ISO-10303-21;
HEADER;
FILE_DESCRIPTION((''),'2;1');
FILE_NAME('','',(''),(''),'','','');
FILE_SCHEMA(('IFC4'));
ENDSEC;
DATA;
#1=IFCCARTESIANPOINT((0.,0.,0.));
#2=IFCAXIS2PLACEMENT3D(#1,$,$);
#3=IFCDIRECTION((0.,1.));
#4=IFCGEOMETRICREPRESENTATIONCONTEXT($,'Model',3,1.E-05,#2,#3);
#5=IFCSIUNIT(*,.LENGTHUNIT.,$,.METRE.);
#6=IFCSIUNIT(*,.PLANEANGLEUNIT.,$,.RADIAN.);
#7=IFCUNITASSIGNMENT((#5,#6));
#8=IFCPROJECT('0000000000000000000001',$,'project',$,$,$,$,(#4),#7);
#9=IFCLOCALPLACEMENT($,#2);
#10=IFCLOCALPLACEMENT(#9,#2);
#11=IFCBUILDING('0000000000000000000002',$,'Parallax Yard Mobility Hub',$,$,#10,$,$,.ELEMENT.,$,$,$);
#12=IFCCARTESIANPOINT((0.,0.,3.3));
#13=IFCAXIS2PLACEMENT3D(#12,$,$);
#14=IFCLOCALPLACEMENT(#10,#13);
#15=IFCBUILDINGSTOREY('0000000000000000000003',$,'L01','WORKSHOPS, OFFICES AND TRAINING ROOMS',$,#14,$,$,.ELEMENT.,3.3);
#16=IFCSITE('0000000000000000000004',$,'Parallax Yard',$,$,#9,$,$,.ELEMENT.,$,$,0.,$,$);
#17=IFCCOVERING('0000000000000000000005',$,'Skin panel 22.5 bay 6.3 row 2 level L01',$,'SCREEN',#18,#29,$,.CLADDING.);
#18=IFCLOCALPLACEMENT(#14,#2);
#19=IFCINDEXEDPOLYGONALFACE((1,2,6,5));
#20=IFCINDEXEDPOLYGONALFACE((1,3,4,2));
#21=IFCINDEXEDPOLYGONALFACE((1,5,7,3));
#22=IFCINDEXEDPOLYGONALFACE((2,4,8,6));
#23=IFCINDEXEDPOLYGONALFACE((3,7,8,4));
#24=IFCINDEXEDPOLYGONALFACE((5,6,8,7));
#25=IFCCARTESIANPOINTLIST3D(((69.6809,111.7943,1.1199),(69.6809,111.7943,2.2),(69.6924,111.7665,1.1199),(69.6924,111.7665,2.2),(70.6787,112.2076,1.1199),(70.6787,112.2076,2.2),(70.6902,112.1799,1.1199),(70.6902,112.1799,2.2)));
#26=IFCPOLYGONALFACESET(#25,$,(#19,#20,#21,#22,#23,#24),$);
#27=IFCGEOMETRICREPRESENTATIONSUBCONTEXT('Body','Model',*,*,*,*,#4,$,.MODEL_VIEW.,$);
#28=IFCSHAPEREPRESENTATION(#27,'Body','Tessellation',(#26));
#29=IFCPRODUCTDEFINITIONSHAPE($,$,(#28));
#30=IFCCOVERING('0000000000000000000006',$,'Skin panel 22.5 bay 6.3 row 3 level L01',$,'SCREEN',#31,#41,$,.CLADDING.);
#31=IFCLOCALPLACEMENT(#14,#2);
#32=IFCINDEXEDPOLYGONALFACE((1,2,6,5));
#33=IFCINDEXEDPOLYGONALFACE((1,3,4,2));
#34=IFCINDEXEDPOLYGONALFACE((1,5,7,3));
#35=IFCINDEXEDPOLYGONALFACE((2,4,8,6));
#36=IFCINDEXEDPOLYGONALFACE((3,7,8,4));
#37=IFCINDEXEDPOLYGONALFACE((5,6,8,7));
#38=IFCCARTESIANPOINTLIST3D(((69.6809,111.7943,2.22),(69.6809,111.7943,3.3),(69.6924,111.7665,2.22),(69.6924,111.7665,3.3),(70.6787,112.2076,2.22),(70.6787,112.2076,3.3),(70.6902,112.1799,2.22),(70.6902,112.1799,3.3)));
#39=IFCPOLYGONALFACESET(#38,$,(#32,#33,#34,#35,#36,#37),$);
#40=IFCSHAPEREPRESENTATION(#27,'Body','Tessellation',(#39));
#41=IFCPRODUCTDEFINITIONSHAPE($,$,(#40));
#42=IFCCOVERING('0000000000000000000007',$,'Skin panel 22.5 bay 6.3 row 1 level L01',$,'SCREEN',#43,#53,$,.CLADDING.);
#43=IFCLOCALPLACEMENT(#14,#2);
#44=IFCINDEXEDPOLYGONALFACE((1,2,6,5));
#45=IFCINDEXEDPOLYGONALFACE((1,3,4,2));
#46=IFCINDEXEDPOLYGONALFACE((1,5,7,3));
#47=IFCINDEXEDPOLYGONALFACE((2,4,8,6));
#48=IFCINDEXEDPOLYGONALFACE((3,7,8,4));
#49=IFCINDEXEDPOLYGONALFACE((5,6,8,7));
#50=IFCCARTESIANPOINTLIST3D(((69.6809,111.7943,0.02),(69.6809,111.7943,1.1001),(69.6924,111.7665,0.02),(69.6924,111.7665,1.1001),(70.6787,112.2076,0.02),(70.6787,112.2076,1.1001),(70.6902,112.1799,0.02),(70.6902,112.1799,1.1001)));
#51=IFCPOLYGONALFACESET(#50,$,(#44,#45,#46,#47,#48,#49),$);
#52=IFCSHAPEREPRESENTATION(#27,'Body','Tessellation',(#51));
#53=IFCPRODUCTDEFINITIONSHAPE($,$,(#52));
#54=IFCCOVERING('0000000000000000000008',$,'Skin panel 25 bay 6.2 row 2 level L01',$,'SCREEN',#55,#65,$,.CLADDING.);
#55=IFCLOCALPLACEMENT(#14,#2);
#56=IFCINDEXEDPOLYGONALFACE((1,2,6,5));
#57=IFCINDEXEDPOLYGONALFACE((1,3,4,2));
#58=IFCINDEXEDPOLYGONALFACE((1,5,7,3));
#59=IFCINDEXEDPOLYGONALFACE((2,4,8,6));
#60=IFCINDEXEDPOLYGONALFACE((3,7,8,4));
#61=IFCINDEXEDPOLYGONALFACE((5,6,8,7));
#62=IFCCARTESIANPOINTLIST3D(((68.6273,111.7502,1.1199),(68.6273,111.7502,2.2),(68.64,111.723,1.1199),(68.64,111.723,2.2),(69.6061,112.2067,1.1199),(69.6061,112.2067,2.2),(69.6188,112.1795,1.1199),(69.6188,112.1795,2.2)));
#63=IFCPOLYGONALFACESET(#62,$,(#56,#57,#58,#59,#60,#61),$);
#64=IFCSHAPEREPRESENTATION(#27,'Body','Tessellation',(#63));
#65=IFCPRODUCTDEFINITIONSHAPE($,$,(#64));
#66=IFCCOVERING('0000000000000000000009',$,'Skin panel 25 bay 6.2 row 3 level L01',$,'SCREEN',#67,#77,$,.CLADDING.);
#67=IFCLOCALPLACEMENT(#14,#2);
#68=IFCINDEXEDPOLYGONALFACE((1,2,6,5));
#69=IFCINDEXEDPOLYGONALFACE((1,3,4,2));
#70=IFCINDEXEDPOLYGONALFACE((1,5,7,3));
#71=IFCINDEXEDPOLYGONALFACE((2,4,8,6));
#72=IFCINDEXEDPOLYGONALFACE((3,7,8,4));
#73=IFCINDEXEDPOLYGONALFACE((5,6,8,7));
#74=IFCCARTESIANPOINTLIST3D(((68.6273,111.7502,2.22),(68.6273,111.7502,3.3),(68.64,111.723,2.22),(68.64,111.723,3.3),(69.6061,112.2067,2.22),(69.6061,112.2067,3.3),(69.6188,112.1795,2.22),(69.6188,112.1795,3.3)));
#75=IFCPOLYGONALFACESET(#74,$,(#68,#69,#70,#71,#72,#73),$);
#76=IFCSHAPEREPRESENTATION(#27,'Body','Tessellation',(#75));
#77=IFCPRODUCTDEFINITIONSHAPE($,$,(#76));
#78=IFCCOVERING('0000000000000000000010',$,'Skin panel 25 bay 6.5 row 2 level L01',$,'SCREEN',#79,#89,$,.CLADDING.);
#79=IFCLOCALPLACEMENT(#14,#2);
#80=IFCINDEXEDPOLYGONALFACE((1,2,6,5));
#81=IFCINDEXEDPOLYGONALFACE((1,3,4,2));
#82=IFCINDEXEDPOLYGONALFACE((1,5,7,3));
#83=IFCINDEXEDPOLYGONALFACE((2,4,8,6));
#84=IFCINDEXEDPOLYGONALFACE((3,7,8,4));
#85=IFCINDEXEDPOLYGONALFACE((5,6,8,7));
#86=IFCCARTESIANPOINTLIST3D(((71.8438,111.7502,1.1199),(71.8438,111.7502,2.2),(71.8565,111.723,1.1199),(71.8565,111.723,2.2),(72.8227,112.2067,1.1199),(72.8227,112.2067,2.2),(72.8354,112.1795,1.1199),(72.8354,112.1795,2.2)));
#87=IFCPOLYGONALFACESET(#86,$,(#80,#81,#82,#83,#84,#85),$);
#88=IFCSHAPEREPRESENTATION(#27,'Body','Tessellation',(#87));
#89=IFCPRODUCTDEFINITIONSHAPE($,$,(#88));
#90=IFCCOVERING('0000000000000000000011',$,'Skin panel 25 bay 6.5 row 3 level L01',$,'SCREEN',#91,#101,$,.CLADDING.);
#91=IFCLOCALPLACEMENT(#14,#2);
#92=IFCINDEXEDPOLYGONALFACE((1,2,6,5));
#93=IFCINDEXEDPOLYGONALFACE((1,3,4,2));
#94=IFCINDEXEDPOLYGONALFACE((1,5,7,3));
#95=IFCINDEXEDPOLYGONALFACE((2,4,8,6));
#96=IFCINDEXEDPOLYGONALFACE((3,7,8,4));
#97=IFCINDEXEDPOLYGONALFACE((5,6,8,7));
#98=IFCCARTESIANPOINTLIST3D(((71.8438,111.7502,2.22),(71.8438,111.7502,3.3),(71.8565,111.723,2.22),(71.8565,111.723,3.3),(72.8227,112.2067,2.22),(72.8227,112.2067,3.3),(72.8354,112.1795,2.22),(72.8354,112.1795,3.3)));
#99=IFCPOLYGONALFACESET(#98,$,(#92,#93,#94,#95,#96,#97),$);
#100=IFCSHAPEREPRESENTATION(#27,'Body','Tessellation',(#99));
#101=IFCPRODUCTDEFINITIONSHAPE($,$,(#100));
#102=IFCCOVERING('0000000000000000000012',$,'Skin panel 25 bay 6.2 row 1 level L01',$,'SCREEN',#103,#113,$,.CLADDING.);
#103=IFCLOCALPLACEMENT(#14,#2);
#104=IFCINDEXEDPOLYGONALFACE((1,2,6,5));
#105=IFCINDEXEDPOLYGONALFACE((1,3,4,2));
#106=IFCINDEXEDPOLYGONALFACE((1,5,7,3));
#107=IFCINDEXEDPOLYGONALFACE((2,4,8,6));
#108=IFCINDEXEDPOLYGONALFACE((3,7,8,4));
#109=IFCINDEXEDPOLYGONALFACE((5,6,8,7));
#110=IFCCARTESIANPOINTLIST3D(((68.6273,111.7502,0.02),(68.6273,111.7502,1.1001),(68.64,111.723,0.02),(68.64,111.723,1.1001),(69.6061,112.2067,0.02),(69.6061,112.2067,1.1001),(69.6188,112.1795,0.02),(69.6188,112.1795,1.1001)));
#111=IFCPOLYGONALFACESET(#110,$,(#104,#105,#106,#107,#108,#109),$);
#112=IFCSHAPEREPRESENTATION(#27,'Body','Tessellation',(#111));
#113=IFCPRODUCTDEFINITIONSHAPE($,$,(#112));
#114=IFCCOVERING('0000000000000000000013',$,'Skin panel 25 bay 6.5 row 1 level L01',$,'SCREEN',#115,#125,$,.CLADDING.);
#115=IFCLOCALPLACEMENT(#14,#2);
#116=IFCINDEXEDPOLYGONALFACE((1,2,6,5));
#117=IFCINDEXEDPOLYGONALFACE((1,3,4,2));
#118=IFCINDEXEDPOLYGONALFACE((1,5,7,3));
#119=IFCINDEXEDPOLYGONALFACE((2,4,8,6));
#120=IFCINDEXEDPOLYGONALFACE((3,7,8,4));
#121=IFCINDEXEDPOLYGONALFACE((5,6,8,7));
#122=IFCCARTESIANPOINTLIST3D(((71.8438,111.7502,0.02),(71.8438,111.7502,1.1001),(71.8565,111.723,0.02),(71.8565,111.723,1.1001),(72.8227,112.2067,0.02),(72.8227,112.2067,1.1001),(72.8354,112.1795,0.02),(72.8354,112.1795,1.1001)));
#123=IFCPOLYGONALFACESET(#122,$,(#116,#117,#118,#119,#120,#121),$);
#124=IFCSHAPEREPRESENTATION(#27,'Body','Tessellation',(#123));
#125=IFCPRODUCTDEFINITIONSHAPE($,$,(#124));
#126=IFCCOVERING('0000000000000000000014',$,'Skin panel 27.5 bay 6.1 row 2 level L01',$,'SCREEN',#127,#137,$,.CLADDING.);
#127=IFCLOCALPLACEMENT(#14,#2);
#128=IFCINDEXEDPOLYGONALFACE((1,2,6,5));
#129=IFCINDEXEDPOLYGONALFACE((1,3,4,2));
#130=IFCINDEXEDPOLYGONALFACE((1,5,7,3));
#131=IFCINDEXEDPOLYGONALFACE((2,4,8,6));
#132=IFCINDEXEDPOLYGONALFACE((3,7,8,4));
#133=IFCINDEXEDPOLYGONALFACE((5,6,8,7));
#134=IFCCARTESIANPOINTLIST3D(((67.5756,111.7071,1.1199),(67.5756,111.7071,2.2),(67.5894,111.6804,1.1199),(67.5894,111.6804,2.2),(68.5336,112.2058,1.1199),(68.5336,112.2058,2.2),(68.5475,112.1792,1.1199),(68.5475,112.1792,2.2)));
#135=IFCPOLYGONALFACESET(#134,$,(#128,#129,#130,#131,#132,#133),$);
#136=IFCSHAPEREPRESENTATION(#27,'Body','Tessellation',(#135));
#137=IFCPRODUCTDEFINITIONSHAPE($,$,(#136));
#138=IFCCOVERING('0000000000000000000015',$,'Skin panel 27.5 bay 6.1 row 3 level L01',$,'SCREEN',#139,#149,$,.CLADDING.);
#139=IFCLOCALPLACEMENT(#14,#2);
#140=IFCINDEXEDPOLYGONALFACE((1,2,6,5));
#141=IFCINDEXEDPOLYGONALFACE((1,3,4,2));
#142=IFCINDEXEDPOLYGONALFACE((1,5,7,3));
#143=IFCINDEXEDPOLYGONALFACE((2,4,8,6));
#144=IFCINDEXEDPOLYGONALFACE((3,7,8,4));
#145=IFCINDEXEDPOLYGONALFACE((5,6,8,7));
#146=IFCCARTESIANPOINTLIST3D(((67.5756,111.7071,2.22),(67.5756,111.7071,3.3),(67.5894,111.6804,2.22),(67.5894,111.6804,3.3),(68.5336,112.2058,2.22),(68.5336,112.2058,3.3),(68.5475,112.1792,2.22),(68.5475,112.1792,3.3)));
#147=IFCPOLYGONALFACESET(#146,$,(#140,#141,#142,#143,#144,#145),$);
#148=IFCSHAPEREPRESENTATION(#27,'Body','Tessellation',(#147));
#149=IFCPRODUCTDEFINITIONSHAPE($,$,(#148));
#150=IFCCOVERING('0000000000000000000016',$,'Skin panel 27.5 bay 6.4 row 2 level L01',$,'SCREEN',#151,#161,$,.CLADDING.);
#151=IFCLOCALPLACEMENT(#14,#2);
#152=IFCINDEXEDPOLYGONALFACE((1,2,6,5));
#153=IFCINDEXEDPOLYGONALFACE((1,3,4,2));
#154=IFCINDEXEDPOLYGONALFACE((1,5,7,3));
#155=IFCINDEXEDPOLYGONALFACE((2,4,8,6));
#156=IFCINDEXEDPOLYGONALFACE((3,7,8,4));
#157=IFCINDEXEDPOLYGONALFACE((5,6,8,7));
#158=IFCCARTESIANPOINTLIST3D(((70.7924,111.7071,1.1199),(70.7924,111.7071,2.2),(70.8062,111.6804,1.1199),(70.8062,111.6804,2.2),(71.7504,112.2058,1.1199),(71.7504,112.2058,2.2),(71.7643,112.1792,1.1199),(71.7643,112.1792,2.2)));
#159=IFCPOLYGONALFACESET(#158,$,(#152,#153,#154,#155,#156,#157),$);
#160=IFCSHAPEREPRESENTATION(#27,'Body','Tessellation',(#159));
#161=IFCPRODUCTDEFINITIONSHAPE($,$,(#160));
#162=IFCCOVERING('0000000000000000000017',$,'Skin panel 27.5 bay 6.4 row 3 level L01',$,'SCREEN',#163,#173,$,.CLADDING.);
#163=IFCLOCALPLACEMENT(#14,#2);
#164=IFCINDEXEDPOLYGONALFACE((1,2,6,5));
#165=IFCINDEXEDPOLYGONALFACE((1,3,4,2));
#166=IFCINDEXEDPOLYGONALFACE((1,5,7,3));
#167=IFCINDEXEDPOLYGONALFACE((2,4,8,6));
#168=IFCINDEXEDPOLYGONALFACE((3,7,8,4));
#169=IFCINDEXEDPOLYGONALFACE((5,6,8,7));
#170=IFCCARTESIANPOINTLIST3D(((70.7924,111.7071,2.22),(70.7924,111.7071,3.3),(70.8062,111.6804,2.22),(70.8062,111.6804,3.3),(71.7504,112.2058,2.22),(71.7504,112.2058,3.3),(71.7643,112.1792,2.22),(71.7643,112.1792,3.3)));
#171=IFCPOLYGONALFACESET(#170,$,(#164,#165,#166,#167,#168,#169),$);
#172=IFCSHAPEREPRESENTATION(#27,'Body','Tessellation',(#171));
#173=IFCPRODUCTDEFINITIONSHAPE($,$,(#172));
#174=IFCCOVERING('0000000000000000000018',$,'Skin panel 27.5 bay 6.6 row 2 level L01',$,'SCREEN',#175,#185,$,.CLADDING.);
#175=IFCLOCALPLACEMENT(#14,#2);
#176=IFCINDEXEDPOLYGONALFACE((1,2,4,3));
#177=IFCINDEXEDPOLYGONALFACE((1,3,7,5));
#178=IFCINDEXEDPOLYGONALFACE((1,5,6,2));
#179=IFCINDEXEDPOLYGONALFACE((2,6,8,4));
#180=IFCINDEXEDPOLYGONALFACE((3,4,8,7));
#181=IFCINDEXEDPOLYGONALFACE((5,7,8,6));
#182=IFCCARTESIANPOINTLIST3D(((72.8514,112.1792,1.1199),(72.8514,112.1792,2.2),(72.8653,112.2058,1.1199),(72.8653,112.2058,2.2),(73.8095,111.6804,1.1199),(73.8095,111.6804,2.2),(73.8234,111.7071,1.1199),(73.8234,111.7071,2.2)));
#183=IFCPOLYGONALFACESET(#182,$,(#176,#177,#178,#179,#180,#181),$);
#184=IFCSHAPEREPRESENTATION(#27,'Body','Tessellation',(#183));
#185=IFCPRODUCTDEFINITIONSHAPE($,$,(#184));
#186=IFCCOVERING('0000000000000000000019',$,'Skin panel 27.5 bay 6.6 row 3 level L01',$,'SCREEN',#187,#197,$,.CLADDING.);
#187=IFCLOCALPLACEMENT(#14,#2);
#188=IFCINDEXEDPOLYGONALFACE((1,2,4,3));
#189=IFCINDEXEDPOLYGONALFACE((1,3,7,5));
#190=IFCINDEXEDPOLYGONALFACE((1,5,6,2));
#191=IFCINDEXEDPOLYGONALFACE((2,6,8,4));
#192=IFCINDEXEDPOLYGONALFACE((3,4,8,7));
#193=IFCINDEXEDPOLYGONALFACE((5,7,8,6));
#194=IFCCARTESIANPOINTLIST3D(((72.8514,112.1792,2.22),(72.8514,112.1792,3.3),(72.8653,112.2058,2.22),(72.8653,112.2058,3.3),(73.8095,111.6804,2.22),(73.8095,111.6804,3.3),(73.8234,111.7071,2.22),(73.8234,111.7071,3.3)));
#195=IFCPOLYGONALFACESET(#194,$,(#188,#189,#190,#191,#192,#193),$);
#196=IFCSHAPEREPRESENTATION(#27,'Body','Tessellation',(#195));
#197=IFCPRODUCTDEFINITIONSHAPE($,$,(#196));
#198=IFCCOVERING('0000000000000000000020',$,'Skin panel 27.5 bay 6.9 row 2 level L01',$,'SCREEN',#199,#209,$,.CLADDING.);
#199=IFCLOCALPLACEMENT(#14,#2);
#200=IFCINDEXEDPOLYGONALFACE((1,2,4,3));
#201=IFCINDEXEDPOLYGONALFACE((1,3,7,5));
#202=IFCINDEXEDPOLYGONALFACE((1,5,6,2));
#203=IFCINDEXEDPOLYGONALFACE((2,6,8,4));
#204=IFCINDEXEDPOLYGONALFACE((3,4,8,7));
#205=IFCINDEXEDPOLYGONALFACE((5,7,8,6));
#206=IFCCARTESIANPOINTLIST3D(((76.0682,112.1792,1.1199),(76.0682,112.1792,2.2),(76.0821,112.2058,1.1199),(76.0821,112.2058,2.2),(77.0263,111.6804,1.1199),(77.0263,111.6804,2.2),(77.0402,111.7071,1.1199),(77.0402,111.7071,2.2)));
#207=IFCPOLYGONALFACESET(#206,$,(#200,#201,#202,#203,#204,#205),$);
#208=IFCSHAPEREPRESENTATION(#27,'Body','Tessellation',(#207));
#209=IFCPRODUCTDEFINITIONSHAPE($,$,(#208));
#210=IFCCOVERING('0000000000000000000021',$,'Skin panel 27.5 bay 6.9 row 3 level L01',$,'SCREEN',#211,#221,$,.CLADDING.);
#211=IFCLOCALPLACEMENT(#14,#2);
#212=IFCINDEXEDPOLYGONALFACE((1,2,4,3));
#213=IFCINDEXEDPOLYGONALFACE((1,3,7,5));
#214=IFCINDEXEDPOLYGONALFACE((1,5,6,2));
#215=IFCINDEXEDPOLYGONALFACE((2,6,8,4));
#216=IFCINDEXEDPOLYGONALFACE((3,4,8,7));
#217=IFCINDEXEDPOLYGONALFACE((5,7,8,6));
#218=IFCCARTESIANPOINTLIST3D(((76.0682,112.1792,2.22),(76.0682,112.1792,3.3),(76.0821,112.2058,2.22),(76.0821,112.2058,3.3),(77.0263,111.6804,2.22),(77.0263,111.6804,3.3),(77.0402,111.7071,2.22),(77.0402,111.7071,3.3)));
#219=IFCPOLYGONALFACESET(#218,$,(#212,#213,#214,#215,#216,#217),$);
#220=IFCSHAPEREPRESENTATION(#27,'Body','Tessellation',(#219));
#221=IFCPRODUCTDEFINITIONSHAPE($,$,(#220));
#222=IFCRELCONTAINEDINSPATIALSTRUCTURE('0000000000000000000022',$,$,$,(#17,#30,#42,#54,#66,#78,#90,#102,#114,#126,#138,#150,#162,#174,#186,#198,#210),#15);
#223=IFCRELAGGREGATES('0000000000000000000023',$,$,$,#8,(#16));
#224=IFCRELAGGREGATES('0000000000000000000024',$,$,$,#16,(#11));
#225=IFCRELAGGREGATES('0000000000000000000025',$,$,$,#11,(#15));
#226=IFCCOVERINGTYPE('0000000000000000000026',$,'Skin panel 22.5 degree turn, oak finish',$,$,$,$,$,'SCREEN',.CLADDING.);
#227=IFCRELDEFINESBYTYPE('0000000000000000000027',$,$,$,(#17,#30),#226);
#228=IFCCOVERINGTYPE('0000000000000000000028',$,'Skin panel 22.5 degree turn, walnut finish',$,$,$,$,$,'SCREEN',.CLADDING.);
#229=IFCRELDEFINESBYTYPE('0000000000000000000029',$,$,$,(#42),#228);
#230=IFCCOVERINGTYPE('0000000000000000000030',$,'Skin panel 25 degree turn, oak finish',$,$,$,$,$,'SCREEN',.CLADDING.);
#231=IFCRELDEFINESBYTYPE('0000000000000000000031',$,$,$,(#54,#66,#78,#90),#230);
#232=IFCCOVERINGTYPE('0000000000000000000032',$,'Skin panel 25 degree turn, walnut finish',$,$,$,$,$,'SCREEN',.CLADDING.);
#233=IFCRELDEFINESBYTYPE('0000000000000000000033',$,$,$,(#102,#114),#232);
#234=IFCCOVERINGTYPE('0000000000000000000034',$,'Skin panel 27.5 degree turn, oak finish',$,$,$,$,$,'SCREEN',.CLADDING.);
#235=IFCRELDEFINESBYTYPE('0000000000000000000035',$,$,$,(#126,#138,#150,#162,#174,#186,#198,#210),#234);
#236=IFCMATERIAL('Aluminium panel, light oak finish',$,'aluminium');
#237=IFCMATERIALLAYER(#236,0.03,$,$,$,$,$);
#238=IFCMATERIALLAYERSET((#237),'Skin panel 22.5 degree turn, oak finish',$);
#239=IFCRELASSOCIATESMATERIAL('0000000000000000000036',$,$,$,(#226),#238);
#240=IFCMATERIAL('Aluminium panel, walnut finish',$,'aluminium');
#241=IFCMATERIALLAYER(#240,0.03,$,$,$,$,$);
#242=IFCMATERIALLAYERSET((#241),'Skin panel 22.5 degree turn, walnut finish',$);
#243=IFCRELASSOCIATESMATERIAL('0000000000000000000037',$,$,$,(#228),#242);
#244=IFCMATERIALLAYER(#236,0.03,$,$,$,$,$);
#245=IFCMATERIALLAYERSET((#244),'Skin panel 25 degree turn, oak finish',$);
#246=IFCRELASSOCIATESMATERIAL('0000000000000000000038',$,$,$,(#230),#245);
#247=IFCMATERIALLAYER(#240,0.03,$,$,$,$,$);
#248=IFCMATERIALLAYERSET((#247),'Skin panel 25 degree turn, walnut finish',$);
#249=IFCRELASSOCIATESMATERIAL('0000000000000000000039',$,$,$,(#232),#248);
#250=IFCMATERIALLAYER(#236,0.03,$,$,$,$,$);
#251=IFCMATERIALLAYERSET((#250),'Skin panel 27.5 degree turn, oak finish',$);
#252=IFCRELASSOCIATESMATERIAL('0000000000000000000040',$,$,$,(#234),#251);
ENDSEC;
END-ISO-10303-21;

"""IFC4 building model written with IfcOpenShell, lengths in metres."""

from ifc_helpers import new_model, si_unit, direction, frame, origin, origin_2d, place, context, subcontext, project, spatial, rectangle, extrude, material, layer, layer_set, type_object, element, save


model = new_model("IFC4")

# Units and contexts
model_context = context("Model", 3, precision=1e-05, world=origin(), true_north=direction((0.0, 1.0)))
body_context = subcontext(model_context, "Body", "Model", "MODEL_VIEW")
ifc_project = project(units=[si_unit("LENGTHUNIT", "METRE"), si_unit("PLANEANGLEUNIT", "RADIAN")], contexts=[model_context])

# Site, building, storey
site_placement = place(None, origin())
site = spatial("IfcSite", under=ifc_project, at=site_placement, Name="Parallax Yard", CompositionType="ELEMENT", RefElevation=0.0)
building_placement = place(site_placement, origin())
building = spatial("IfcBuilding", under=site, at=building_placement, Name="Parallax Yard Mobility Hub", CompositionType="ELEMENT")
storey_placement = place(building_placement, frame((0.0, 0.0, 3.3)))
storey = spatial("IfcBuildingStorey", under=building, at=storey_placement, Name="L01", Description="WORKSHOPS, OFFICES AND TRAINING ROOMS", CompositionType="ELEMENT", Elevation=3.3)

# Coverings
ifc_material_1 = material(Name="Aluminium panel, light oak finish", Category="aluminium")
ifc_layer_1 = layer(ifc_material_1, 0.03)
ifc_layer_set_1 = layer_set([ifc_layer_1], Name="Skin panel 22.5 degree turn, oak finish")
covering_type_1 = type_object("IfcCoveringType", Name="Skin panel 22.5 degree turn, oak finish", ElementType="SCREEN", PredefinedType="CLADDING", material=ifc_layer_set_1)
for number, where, z_axis, x_axis, name in (
    (1, (70.1855, 111.9871, 1.1199), (0.0, 0.0, 1.0), (-0.92388, -0.382683, 0.0), "Skin panel 22.5 bay 6.3 row 2 level L01"),
    (2, (70.1855, 111.9871, 2.22), (0.0, 0.0, 1.0), (-0.92388, -0.382683, 0.0), "Skin panel 22.5 bay 6.3 row 3 level L01"),
):
    element("IfcCovering", number, at=place(storey_placement, frame(where, z_axis=z_axis, x_axis=x_axis)), inside=storey, type_object=covering_type_1, Name=name, ObjectType="SCREEN", PredefinedType="CLADDING", context=body_context, shape_type="SweptSolid", body=[
        extrude(rectangle(XDim=1.0801, YDim=0.03, at=origin_2d()), origin(), (0.0, 0.0, 1.0), 1.0801),
    ])
ifc_material_2 = material(Name="Aluminium panel, walnut finish", Category="aluminium")
ifc_layer_2 = layer(ifc_material_2, 0.03)
ifc_layer_set_2 = layer_set([ifc_layer_2], Name="Skin panel 22.5 degree turn, walnut finish")
covering_type_2 = type_object("IfcCoveringType", Name="Skin panel 22.5 degree turn, walnut finish", ElementType="SCREEN", PredefinedType="CLADDING", material=ifc_layer_set_2)
covering_placement = place(storey_placement, frame((70.1855, 111.9871, 0.02), z_axis=(0.0, 0.0, 1.0), x_axis=(-0.92388, -0.382683, 0.0)))
element("IfcCovering", 3, at=covering_placement, inside=storey, type_object=covering_type_2, Name="Skin panel 22.5 bay 6.3 row 1 level L01", ObjectType="SCREEN", PredefinedType="CLADDING", context=body_context, shape_type="SweptSolid", body=[
    extrude(rectangle(XDim=1.0801, YDim=0.03, at=origin_2d()), origin(), (0.0, 0.0, 1.0), 1.0801),
])
ifc_layer_3 = layer(ifc_material_1, 0.03)
ifc_layer_set_3 = layer_set([ifc_layer_3], Name="Skin panel 25 degree turn, oak finish")
covering_type_3 = type_object("IfcCoveringType", Name="Skin panel 25 degree turn, oak finish", ElementType="SCREEN", PredefinedType="CLADDING", material=ifc_layer_set_3)
for number, where, z_axis, x_axis, name in (
    (4, (69.123, 111.9648, 1.1199), (0.0, 0.0, 1.0), (-0.906308, -0.422618, 0.0), "Skin panel 25 bay 6.2 row 2 level L01"),
    (5, (69.123, 111.9648, 2.22), (0.0, 0.0, 1.0), (-0.906308, -0.422618, 0.0), "Skin panel 25 bay 6.2 row 3 level L01"),
    (6, (72.3396, 111.9648, 1.1199), (0.0, 0.0, 1.0), (-0.906308, -0.422618, 0.0), "Skin panel 25 bay 6.5 row 2 level L01"),
    (7, (72.3396, 111.9648, 2.22), (0.0, 0.0, 1.0), (-0.906308, -0.422618, 0.0), "Skin panel 25 bay 6.5 row 3 level L01"),
):
    element("IfcCovering", number, at=place(storey_placement, frame(where, z_axis=z_axis, x_axis=x_axis)), inside=storey, type_object=covering_type_3, Name=name, ObjectType="SCREEN", PredefinedType="CLADDING", context=body_context, shape_type="SweptSolid", body=[
        extrude(rectangle(XDim=1.0801, YDim=0.03, at=origin_2d()), origin(), (0.0, 0.0, 1.0), 1.0801),
    ])
ifc_layer_4 = layer(ifc_material_2, 0.03)
ifc_layer_set_4 = layer_set([ifc_layer_4], Name="Skin panel 25 degree turn, walnut finish")
covering_type_4 = type_object("IfcCoveringType", Name="Skin panel 25 degree turn, walnut finish", ElementType="SCREEN", PredefinedType="CLADDING", material=ifc_layer_set_4)
for number, where, z_axis, x_axis, name in (
    (8, (69.123, 111.9648, 0.02), (0.0, 0.0, 1.0), (-0.906308, -0.422618, 0.0), "Skin panel 25 bay 6.2 row 1 level L01"),
    (9, (72.3396, 111.9648, 0.02), (0.0, 0.0, 1.0), (-0.906308, -0.422618, 0.0), "Skin panel 25 bay 6.5 row 1 level L01"),
):
    element("IfcCovering", number, at=place(storey_placement, frame(where, z_axis=z_axis, x_axis=x_axis)), inside=storey, type_object=covering_type_4, Name=name, ObjectType="SCREEN", PredefinedType="CLADDING", context=body_context, shape_type="SweptSolid", body=[
        extrude(rectangle(XDim=1.0801, YDim=0.03, at=origin_2d()), origin(), (0.0, 0.0, 1.0), 1.0801),
    ])
ifc_layer_5 = layer(ifc_material_1, 0.03)
ifc_layer_set_5 = layer_set([ifc_layer_5], Name="Skin panel 27.5 degree turn, oak finish")
covering_type_5 = type_object("IfcCoveringType", Name="Skin panel 27.5 degree turn, oak finish", ElementType="SCREEN", PredefinedType="CLADDING", material=ifc_layer_set_5)
for number, where, z_axis, x_axis, name in (
    (10, (68.0615, 111.9431, 1.1199), (0.0, 0.0, 1.0), (-0.887011, -0.461749, 0.0), "Skin panel 27.5 bay 6.1 row 2 level L01"),
    (11, (68.0615, 111.9431, 2.22), (0.0, 0.0, 1.0), (-0.887011, -0.461749, 0.0), "Skin panel 27.5 bay 6.1 row 3 level L01"),
    (12, (71.2783, 111.9431, 1.1199), (0.0, 0.0, 1.0), (-0.887011, -0.461749, 0.0), "Skin panel 27.5 bay 6.4 row 2 level L01"),
    (13, (71.2783, 111.9431, 2.22), (0.0, 0.0, 1.0), (-0.887011, -0.461749, 0.0), "Skin panel 27.5 bay 6.4 row 3 level L01"),
    (14, (73.3374, 111.9431, 1.1199), (0.0, 0.0, 1.0), (0.887011, -0.461749, 0.0), "Skin panel 27.5 bay 6.6 row 2 level L01"),
    (15, (73.3374, 111.9431, 2.22), (0.0, 0.0, 1.0), (0.887011, -0.461749, 0.0), "Skin panel 27.5 bay 6.6 row 3 level L01"),
    (16, (76.5542, 111.9431, 1.1199), (0.0, 0.0, 1.0), (0.887011, -0.461749, 0.0), "Skin panel 27.5 bay 6.9 row 2 level L01"),
    (17, (76.5542, 111.9431, 2.22), (0.0, 0.0, 1.0), (0.887011, -0.461749, 0.0), "Skin panel 27.5 bay 6.9 row 3 level L01"),
):
    element("IfcCovering", number, at=place(storey_placement, frame(where, z_axis=z_axis, x_axis=x_axis)), inside=storey, type_object=covering_type_5, Name=name, ObjectType="SCREEN", PredefinedType="CLADDING", context=body_context, shape_type="SweptSolid", body=[
        extrude(rectangle(XDim=1.0801, YDim=0.03, at=origin_2d()), origin(), (0.0, 0.0, 1.0), 1.0801),
    ])

save(model, "model.ifc")
